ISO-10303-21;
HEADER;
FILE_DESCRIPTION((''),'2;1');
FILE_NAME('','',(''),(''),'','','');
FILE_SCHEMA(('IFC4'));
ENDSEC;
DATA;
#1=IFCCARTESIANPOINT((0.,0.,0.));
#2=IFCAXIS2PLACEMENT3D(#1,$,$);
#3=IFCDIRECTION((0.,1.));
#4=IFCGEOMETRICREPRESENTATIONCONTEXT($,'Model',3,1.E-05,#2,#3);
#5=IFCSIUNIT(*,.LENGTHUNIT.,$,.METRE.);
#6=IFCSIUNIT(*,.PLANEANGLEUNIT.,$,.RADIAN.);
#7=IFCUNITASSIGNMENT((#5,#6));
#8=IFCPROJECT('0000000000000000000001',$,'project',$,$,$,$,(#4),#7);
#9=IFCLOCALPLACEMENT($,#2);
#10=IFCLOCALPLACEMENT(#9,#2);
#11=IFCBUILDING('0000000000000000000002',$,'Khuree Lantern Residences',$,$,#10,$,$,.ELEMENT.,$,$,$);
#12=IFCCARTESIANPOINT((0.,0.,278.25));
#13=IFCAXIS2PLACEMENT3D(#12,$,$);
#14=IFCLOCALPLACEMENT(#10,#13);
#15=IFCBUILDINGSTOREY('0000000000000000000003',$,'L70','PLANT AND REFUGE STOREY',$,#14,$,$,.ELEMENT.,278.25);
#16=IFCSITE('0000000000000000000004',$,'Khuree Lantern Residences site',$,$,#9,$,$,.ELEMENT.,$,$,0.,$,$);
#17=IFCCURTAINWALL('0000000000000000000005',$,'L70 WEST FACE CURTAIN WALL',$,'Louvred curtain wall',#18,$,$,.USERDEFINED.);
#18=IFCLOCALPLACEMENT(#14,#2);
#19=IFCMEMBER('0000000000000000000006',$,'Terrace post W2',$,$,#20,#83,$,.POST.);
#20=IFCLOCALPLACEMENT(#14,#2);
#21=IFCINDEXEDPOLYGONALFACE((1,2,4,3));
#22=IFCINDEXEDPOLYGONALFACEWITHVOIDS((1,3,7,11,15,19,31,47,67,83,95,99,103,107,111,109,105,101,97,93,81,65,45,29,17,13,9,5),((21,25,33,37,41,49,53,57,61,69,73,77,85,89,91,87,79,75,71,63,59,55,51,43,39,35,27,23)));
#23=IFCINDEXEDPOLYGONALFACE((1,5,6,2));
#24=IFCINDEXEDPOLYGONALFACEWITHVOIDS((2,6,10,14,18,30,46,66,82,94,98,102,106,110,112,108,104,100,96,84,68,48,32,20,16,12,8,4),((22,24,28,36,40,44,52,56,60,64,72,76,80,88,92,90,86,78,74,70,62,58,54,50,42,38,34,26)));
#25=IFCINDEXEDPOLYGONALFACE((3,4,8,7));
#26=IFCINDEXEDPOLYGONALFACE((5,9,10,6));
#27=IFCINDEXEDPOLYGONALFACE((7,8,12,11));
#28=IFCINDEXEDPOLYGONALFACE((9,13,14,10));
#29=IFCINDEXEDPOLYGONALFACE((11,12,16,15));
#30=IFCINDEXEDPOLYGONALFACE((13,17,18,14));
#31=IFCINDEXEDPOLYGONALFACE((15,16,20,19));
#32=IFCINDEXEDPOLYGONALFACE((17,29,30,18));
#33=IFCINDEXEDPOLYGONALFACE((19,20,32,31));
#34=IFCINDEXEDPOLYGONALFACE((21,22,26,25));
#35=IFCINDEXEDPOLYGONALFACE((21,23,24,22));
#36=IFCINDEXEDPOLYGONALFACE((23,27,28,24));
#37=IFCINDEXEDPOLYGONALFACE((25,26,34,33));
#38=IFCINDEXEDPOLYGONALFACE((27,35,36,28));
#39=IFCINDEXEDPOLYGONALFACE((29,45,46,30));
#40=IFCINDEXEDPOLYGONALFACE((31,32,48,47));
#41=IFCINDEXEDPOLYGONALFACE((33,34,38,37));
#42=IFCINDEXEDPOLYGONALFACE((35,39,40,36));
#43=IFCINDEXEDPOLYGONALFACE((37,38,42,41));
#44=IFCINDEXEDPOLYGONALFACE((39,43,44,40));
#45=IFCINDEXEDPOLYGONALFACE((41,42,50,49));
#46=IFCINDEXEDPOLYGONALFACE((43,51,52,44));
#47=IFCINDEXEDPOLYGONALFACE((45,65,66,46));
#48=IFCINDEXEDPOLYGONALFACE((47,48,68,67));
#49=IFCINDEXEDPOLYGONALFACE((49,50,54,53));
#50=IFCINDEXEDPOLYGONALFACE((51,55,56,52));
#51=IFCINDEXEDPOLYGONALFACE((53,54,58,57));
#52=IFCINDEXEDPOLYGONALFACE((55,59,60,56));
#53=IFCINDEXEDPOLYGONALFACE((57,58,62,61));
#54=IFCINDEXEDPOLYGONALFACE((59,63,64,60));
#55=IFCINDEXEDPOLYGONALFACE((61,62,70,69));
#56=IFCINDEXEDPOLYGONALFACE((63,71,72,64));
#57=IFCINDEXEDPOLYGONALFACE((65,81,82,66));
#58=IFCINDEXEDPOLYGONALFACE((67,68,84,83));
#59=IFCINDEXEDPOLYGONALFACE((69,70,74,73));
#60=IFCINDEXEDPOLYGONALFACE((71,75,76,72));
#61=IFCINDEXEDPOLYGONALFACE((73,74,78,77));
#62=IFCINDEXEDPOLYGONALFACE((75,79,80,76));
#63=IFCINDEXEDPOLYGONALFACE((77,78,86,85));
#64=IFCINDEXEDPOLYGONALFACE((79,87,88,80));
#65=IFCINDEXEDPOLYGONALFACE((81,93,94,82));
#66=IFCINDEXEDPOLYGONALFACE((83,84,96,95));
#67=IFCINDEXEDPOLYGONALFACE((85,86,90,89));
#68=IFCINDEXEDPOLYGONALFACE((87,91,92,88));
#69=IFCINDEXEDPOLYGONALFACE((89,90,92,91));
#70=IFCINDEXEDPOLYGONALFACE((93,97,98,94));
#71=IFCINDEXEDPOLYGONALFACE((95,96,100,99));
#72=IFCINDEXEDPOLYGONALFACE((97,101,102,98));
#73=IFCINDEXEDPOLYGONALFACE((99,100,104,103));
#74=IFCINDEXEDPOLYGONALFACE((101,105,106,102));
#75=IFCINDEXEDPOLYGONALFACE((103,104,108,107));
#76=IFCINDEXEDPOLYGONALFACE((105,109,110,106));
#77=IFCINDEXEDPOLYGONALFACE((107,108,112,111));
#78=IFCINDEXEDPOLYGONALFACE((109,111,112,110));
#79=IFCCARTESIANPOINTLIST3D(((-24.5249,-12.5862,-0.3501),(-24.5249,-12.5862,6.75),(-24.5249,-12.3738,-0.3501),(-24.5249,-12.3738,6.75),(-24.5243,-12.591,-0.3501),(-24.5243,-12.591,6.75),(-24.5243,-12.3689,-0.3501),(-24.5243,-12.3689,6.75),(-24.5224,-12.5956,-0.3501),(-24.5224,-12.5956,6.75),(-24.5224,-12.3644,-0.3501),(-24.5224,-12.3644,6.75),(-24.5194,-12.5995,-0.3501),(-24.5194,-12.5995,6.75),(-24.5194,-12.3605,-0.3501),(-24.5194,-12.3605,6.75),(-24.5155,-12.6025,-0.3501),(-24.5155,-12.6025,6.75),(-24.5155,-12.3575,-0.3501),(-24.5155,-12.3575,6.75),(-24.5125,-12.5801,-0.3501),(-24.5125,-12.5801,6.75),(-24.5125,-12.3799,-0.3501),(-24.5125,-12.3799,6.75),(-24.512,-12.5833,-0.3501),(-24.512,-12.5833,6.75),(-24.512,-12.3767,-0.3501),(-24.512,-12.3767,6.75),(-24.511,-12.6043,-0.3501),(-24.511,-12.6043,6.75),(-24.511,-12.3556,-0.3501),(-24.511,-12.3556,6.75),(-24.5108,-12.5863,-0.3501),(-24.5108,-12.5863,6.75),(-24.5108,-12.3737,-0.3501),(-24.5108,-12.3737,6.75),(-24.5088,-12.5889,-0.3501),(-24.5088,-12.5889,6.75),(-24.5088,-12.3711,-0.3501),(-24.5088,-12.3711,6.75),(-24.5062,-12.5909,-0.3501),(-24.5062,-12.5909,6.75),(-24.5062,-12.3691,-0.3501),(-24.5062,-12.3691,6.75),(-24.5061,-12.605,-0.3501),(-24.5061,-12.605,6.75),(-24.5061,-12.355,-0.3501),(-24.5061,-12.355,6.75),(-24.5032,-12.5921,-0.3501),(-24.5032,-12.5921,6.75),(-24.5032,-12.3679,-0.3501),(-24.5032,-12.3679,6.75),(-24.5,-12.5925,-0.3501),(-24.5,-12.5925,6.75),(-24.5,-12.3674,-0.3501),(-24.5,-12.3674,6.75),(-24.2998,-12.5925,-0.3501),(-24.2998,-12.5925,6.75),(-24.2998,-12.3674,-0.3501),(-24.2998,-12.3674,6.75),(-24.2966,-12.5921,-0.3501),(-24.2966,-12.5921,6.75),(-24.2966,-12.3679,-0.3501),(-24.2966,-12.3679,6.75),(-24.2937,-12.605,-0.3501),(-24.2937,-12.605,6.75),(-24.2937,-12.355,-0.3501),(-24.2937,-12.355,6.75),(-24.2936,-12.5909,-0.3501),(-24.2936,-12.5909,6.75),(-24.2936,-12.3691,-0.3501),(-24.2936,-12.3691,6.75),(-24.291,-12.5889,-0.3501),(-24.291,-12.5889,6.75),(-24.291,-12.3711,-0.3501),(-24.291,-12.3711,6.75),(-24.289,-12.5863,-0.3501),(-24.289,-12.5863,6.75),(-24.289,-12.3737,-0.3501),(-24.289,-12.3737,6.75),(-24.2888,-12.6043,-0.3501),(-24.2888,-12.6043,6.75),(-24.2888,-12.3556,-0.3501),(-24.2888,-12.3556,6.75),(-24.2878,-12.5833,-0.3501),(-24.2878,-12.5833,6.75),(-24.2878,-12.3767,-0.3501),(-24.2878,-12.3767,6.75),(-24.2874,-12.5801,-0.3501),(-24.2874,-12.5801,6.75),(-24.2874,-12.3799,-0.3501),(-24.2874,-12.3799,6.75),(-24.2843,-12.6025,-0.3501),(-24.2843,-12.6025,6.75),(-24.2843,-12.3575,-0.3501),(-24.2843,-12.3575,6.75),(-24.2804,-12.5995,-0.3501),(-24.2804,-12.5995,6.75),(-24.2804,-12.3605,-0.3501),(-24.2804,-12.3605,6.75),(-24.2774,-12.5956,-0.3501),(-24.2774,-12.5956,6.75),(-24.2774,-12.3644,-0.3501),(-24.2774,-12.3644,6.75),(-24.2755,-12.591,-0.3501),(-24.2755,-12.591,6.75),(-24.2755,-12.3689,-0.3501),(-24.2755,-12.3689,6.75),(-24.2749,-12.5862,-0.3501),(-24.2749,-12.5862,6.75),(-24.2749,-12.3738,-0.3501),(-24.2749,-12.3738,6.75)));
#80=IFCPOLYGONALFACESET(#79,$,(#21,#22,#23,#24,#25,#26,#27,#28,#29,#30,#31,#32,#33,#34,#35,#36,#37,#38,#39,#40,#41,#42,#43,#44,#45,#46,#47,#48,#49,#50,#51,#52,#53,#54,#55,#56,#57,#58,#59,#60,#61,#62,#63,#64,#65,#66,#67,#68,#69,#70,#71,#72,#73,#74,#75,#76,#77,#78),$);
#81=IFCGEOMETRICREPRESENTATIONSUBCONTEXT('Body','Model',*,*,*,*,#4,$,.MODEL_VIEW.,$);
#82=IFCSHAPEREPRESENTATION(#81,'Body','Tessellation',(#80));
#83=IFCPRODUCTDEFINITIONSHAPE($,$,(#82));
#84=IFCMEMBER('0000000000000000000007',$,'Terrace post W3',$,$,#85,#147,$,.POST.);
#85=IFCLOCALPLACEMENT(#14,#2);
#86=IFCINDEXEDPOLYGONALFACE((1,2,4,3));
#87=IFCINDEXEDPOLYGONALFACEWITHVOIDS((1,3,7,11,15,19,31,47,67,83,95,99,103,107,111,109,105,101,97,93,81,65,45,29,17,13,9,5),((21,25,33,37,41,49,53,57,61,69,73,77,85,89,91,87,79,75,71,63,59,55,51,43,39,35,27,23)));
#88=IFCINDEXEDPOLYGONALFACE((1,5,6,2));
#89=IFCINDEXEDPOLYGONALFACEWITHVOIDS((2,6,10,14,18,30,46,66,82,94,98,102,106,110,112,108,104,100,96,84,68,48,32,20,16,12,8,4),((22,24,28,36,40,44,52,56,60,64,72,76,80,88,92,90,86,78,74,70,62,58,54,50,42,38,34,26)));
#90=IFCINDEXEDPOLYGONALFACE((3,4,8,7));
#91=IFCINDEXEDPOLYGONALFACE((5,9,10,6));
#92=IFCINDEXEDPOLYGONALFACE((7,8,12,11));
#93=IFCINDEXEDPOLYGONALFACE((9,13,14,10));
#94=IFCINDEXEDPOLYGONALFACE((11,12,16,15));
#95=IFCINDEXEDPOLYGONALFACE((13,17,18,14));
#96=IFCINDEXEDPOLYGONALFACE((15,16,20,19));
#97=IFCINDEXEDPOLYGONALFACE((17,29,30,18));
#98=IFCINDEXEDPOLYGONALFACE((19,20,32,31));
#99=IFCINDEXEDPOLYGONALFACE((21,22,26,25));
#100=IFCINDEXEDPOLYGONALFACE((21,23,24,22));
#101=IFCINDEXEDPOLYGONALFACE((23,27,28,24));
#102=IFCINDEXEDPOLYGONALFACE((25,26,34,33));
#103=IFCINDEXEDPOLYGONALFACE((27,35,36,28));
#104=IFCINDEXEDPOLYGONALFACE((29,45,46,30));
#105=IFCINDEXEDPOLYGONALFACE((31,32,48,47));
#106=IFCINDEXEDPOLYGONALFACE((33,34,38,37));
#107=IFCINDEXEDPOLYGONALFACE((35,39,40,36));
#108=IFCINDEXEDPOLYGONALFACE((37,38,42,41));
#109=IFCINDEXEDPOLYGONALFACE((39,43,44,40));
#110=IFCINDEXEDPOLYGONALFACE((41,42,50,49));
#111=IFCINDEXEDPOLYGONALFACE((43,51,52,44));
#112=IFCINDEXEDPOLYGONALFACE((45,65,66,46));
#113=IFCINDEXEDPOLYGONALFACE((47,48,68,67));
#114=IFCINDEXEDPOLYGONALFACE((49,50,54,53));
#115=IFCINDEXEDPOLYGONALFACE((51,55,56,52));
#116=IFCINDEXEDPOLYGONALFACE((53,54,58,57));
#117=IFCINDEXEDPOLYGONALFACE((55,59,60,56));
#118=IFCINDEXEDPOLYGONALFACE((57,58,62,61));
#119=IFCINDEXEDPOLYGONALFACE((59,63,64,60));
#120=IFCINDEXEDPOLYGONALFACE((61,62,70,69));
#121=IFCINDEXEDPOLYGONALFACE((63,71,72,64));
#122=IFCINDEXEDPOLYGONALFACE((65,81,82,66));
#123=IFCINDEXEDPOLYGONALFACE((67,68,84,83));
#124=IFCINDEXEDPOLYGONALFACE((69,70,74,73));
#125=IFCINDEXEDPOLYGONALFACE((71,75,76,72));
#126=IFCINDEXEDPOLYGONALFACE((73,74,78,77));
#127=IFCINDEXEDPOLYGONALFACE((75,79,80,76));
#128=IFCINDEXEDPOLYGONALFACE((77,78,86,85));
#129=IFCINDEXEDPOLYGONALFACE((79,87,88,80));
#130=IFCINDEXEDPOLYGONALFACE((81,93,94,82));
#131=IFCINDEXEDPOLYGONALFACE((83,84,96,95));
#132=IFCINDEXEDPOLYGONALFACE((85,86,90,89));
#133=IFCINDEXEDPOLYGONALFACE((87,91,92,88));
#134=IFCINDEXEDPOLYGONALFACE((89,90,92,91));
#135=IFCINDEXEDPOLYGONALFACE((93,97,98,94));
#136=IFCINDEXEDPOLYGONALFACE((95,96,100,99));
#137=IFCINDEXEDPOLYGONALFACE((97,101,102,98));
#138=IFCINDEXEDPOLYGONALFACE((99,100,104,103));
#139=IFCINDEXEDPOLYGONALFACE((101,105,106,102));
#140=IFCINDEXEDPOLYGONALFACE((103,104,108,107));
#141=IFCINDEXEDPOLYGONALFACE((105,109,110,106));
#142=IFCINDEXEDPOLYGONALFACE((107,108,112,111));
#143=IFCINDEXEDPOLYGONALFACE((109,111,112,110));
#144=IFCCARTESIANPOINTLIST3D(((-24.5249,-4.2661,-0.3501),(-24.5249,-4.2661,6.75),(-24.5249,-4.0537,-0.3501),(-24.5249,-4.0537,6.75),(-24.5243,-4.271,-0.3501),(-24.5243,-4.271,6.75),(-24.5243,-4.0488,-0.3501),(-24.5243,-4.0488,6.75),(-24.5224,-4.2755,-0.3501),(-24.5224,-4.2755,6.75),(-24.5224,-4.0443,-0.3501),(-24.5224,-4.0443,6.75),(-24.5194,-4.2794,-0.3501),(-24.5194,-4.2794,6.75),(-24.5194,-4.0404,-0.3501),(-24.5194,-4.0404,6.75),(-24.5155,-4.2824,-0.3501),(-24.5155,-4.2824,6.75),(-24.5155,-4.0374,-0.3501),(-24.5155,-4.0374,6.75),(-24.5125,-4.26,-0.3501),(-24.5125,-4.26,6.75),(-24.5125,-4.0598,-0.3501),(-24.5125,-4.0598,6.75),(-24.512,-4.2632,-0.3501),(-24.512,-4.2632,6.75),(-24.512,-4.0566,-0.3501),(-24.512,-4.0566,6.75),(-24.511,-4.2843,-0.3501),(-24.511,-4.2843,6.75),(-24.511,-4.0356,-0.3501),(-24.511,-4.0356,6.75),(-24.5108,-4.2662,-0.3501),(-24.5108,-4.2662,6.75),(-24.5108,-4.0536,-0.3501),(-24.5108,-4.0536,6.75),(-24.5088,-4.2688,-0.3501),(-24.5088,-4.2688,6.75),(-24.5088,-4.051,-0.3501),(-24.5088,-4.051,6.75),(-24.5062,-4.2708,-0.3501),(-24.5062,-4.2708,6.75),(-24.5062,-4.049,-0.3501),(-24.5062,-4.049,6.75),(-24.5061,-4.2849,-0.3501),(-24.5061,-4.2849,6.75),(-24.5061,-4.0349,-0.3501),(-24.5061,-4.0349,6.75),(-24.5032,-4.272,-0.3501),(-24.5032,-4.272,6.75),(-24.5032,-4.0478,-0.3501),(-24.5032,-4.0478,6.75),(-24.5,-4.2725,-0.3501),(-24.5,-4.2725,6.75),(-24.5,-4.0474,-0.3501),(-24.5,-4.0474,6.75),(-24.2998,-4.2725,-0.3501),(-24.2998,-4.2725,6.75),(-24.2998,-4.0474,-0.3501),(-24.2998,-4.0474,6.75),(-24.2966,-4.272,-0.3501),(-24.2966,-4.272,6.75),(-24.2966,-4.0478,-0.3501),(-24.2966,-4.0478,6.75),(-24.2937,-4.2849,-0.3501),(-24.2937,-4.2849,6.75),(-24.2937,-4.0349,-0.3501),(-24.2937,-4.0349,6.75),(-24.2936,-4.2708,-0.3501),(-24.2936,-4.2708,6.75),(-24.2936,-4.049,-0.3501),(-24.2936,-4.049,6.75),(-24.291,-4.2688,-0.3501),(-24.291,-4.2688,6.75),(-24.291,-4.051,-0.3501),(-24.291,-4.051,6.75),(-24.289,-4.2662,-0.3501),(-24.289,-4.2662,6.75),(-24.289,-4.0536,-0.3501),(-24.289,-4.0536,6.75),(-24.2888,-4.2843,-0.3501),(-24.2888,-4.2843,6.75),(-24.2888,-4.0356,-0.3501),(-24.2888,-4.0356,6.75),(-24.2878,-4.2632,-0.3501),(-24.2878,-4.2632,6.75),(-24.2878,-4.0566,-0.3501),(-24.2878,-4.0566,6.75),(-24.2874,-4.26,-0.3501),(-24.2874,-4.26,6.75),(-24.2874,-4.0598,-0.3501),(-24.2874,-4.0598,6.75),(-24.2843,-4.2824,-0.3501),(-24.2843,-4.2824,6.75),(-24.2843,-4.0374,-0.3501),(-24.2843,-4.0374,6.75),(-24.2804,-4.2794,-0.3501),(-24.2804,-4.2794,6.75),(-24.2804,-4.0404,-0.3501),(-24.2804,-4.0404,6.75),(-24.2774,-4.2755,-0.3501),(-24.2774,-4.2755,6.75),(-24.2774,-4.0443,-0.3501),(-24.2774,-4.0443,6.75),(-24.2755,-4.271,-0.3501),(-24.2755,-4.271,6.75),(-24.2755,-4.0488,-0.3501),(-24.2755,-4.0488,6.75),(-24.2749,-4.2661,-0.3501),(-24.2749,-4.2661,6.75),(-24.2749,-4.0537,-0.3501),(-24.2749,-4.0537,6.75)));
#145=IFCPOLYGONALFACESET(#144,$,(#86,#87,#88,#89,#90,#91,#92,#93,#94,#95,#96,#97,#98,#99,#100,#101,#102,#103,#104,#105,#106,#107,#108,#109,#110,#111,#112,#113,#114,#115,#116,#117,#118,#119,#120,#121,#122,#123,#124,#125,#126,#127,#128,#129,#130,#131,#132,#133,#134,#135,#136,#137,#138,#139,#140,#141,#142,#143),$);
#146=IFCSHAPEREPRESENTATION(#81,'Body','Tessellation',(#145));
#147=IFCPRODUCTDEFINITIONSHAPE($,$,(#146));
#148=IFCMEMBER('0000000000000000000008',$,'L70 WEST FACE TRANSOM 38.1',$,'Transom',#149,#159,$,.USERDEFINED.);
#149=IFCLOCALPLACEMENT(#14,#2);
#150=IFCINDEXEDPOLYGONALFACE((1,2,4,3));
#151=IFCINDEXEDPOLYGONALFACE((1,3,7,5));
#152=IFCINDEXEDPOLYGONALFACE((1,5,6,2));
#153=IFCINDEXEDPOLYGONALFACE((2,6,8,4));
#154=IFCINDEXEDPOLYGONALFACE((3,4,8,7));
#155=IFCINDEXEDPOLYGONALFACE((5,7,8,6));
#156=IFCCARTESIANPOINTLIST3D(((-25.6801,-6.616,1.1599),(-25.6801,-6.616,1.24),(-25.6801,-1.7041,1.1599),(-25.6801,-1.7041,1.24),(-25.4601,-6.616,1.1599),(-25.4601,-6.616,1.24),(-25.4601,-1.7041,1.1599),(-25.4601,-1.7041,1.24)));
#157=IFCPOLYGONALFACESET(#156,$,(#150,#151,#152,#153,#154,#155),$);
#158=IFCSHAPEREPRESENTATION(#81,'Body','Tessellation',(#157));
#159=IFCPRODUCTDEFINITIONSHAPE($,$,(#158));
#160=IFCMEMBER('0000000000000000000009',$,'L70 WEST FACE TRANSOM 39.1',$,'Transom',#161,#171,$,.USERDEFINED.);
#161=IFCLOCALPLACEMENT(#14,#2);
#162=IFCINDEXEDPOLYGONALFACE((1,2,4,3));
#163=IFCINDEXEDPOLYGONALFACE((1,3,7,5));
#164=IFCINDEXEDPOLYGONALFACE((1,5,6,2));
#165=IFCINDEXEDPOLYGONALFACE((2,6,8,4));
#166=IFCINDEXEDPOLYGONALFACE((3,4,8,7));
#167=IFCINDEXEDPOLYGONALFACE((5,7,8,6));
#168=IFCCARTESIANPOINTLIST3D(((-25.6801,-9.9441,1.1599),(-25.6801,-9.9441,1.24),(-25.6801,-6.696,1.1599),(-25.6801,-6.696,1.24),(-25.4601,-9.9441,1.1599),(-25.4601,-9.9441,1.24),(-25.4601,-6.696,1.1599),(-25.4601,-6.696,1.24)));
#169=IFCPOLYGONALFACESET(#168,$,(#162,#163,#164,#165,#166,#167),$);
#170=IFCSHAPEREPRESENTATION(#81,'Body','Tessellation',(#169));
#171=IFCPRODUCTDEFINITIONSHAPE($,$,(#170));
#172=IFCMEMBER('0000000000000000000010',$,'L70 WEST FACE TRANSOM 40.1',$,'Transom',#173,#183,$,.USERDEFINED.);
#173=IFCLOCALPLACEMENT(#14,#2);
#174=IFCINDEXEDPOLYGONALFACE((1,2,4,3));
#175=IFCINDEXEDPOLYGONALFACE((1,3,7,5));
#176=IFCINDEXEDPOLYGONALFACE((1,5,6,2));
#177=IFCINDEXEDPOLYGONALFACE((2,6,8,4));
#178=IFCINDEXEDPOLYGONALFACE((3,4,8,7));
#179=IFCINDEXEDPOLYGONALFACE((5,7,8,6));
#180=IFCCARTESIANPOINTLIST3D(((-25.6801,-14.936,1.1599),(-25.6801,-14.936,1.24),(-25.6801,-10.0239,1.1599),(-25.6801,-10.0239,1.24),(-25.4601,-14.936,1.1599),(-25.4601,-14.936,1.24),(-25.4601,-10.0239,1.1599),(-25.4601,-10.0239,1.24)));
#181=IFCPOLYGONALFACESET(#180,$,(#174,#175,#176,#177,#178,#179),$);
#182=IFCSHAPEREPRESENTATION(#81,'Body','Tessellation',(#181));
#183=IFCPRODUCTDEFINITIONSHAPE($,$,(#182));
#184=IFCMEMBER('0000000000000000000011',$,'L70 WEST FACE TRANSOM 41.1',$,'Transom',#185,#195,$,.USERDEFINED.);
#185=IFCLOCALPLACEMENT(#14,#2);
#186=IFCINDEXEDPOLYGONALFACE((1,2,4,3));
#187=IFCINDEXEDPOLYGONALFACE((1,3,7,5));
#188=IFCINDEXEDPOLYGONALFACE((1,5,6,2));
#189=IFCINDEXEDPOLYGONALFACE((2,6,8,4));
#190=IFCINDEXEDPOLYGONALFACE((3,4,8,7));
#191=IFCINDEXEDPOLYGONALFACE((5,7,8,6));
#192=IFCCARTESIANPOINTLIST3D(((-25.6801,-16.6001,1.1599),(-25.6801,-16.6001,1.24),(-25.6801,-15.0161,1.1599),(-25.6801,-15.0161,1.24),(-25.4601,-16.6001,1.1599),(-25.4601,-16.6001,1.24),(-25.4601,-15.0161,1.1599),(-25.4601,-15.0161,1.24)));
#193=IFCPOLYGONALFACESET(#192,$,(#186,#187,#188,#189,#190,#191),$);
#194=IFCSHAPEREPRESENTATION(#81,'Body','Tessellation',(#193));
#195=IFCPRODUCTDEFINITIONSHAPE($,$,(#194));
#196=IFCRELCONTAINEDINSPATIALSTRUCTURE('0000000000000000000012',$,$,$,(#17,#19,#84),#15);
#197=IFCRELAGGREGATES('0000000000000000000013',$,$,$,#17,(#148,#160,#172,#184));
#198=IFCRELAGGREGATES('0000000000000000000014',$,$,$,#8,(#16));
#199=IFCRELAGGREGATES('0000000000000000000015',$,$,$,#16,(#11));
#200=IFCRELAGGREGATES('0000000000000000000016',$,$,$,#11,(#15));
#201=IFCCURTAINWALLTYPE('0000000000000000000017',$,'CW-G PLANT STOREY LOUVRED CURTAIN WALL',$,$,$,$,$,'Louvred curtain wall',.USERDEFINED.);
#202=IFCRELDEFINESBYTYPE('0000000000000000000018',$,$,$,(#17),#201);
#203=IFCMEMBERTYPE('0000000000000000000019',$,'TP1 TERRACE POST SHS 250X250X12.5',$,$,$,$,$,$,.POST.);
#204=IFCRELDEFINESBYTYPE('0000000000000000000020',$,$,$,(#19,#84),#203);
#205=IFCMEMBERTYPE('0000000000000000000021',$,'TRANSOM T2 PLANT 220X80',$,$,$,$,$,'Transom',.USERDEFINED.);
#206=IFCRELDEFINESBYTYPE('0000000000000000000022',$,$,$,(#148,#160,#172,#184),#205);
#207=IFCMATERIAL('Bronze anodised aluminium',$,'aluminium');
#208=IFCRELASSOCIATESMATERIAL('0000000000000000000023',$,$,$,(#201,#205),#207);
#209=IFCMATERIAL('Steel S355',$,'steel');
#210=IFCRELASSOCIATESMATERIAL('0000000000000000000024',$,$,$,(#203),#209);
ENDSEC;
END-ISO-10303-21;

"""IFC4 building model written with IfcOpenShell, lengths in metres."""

from ifc_helpers import new_model, si_unit, direction, frame, origin, origin_2d, place, context, subcontext, project, spatial, rectangle, hollow_rectangle, extrude, material, material_profile, profile_set, type_object, element, aggregate, save


model = new_model("IFC4")

# Units and contexts
model_context = context("Model", 3, precision=1e-05, world=origin(), true_north=direction((0.0, 1.0)))
body_context = subcontext(model_context, "Body", "Model", "MODEL_VIEW")
ifc_project = project(units=[si_unit("LENGTHUNIT", "METRE"), si_unit("PLANEANGLEUNIT", "RADIAN")], contexts=[model_context])

# Site, building, storey
site_placement = place(None, origin())
site = spatial("IfcSite", under=ifc_project, at=site_placement, Name="Khuree Lantern Residences site", CompositionType="ELEMENT", RefElevation=0.0)
building_placement = place(site_placement, origin())
building = spatial("IfcBuilding", under=site, at=building_placement, Name="Khuree Lantern Residences", CompositionType="ELEMENT")
storey_placement = place(building_placement, frame((0.0, 0.0, 278.25)))
storey = spatial("IfcBuildingStorey", under=building, at=storey_placement, Name="L70", Description="PLANT AND REFUGE STOREY", CompositionType="ELEMENT", Elevation=278.25)

# Shared definitions
ifc_material_1 = material(Name="Steel S355", Category="steel")

# Curtain wall
ifc_material_2 = material(Name="Bronze anodised aluminium", Category="aluminium")
curtain_wall_type = type_object("IfcCurtainWallType", Name="CW-G PLANT STOREY LOUVRED CURTAIN WALL", ElementType="Louvred curtain wall", PredefinedType="USERDEFINED", material=ifc_material_2)
curtain_wall_placement = place(storey_placement, origin())
curtain_wall = element("IfcCurtainWall", 1, at=curtain_wall_placement, inside=storey, type_object=curtain_wall_type, Name="L70 WEST FACE CURTAIN WALL", ObjectType="Louvred curtain wall", PredefinedType="USERDEFINED")

# Members
ifc_material_profile_1 = material_profile(ifc_material_1, hollow_rectangle(XDim=0.25, YDim=0.25, WallThickness=0.0125, InnerFilletRadius=0.0125, OuterFilletRadius=0.0188, at=origin_2d()), Name="SHS 250X250X12.5")
ifc_profile_set_1 = profile_set([ifc_material_profile_1], Name="Steel S355")
member_type_1 = type_object("IfcMemberType", Name="TP1 TERRACE POST SHS 250X250X12.5", PredefinedType="POST", material=ifc_profile_set_1)
for number, where, z_axis, x_axis, name in (
    (2, (-24.3999, -12.48, -0.3501), (0.0, 0.0, 1.0), (1.0, 0.0, 0.0), "Terrace post W2"),
    (3, (-24.3999, -4.1599, -0.3501), (0.0, 0.0, 1.0), (1.0, 0.0, 0.0), "Terrace post W3"),
):
    element("IfcMember", number, at=place(storey_placement, frame(where, z_axis=z_axis, x_axis=x_axis)), inside=storey, type_object=member_type_1, Name=name, PredefinedType="POST", context=body_context, shape_type="SweptSolid", body=[
        extrude(hollow_rectangle(XDim=0.25, YDim=0.25, WallThickness=0.0125, InnerFilletRadius=0.0125, OuterFilletRadius=0.0188, at=origin_2d()), origin(), (0.0, 0.0, 1.0), 7.1001),
    ])

# Members
ifc_material_profile_2 = material_profile(ifc_material_2, rectangle(XDim=0.22, YDim=0.0801, at=origin_2d()), Name="T2 220X80")
ifc_profile_set_2 = profile_set([ifc_material_profile_2], Name="Bronze anodised aluminium")
member_type_2 = type_object("IfcMemberType", Name="TRANSOM T2 PLANT 220X80", ElementType="Transom", PredefinedType="USERDEFINED", material=ifc_profile_set_2)
member_1_placement = place(storey_placement, frame((-25.5701, -1.7041, 1.2), z_axis=(0.0, -1.0, 0.0), x_axis=(1.0, 0.0, 0.0)))
member_1 = element("IfcMember", 4, at=member_1_placement, type_object=member_type_2, Name="L70 WEST FACE TRANSOM 38.1", ObjectType="Transom", PredefinedType="USERDEFINED", context=body_context, shape_type="SweptSolid", body=[
    extrude(rectangle(XDim=0.22, YDim=0.0801, at=origin_2d()), origin(), (0.0, 0.0, 1.0), 4.9119),
])
member_2_placement = place(storey_placement, frame((-25.5701, -6.696, 1.2), z_axis=(0.0, -1.0, 0.0), x_axis=(1.0, 0.0, 0.0)))
member_2 = element("IfcMember", 5, at=member_2_placement, type_object=member_type_2, Name="L70 WEST FACE TRANSOM 39.1", ObjectType="Transom", PredefinedType="USERDEFINED", context=body_context, shape_type="SweptSolid", body=[
    extrude(rectangle(XDim=0.22, YDim=0.0801, at=origin_2d()), origin(), (0.0, 0.0, 1.0), 3.248),
])
member_3_placement = place(storey_placement, frame((-25.5701, -10.0239, 1.2), z_axis=(0.0, -1.0, 0.0), x_axis=(1.0, 0.0, 0.0)))
member_3 = element("IfcMember", 6, at=member_3_placement, type_object=member_type_2, Name="L70 WEST FACE TRANSOM 40.1", ObjectType="Transom", PredefinedType="USERDEFINED", context=body_context, shape_type="SweptSolid", body=[
    extrude(rectangle(XDim=0.22, YDim=0.0801, at=origin_2d()), origin(), (0.0, 0.0, 1.0), 4.9121),
])
member_4_placement = place(storey_placement, frame((-25.5701, -15.0161, 1.2), z_axis=(0.0, -1.0, 0.0), x_axis=(1.0, 0.0, 0.0)))
member_4 = element("IfcMember", 7, at=member_4_placement, type_object=member_type_2, Name="L70 WEST FACE TRANSOM 41.1", ObjectType="Transom", PredefinedType="USERDEFINED", context=body_context, shape_type="SweptSolid", body=[
    extrude(rectangle(XDim=0.22, YDim=0.0801, at=origin_2d()), origin(), (0.0, 0.0, 1.0), 1.584),
])

aggregate(curtain_wall, [member_1, member_2, member_3, member_4])

save(model, "model.ifc")
